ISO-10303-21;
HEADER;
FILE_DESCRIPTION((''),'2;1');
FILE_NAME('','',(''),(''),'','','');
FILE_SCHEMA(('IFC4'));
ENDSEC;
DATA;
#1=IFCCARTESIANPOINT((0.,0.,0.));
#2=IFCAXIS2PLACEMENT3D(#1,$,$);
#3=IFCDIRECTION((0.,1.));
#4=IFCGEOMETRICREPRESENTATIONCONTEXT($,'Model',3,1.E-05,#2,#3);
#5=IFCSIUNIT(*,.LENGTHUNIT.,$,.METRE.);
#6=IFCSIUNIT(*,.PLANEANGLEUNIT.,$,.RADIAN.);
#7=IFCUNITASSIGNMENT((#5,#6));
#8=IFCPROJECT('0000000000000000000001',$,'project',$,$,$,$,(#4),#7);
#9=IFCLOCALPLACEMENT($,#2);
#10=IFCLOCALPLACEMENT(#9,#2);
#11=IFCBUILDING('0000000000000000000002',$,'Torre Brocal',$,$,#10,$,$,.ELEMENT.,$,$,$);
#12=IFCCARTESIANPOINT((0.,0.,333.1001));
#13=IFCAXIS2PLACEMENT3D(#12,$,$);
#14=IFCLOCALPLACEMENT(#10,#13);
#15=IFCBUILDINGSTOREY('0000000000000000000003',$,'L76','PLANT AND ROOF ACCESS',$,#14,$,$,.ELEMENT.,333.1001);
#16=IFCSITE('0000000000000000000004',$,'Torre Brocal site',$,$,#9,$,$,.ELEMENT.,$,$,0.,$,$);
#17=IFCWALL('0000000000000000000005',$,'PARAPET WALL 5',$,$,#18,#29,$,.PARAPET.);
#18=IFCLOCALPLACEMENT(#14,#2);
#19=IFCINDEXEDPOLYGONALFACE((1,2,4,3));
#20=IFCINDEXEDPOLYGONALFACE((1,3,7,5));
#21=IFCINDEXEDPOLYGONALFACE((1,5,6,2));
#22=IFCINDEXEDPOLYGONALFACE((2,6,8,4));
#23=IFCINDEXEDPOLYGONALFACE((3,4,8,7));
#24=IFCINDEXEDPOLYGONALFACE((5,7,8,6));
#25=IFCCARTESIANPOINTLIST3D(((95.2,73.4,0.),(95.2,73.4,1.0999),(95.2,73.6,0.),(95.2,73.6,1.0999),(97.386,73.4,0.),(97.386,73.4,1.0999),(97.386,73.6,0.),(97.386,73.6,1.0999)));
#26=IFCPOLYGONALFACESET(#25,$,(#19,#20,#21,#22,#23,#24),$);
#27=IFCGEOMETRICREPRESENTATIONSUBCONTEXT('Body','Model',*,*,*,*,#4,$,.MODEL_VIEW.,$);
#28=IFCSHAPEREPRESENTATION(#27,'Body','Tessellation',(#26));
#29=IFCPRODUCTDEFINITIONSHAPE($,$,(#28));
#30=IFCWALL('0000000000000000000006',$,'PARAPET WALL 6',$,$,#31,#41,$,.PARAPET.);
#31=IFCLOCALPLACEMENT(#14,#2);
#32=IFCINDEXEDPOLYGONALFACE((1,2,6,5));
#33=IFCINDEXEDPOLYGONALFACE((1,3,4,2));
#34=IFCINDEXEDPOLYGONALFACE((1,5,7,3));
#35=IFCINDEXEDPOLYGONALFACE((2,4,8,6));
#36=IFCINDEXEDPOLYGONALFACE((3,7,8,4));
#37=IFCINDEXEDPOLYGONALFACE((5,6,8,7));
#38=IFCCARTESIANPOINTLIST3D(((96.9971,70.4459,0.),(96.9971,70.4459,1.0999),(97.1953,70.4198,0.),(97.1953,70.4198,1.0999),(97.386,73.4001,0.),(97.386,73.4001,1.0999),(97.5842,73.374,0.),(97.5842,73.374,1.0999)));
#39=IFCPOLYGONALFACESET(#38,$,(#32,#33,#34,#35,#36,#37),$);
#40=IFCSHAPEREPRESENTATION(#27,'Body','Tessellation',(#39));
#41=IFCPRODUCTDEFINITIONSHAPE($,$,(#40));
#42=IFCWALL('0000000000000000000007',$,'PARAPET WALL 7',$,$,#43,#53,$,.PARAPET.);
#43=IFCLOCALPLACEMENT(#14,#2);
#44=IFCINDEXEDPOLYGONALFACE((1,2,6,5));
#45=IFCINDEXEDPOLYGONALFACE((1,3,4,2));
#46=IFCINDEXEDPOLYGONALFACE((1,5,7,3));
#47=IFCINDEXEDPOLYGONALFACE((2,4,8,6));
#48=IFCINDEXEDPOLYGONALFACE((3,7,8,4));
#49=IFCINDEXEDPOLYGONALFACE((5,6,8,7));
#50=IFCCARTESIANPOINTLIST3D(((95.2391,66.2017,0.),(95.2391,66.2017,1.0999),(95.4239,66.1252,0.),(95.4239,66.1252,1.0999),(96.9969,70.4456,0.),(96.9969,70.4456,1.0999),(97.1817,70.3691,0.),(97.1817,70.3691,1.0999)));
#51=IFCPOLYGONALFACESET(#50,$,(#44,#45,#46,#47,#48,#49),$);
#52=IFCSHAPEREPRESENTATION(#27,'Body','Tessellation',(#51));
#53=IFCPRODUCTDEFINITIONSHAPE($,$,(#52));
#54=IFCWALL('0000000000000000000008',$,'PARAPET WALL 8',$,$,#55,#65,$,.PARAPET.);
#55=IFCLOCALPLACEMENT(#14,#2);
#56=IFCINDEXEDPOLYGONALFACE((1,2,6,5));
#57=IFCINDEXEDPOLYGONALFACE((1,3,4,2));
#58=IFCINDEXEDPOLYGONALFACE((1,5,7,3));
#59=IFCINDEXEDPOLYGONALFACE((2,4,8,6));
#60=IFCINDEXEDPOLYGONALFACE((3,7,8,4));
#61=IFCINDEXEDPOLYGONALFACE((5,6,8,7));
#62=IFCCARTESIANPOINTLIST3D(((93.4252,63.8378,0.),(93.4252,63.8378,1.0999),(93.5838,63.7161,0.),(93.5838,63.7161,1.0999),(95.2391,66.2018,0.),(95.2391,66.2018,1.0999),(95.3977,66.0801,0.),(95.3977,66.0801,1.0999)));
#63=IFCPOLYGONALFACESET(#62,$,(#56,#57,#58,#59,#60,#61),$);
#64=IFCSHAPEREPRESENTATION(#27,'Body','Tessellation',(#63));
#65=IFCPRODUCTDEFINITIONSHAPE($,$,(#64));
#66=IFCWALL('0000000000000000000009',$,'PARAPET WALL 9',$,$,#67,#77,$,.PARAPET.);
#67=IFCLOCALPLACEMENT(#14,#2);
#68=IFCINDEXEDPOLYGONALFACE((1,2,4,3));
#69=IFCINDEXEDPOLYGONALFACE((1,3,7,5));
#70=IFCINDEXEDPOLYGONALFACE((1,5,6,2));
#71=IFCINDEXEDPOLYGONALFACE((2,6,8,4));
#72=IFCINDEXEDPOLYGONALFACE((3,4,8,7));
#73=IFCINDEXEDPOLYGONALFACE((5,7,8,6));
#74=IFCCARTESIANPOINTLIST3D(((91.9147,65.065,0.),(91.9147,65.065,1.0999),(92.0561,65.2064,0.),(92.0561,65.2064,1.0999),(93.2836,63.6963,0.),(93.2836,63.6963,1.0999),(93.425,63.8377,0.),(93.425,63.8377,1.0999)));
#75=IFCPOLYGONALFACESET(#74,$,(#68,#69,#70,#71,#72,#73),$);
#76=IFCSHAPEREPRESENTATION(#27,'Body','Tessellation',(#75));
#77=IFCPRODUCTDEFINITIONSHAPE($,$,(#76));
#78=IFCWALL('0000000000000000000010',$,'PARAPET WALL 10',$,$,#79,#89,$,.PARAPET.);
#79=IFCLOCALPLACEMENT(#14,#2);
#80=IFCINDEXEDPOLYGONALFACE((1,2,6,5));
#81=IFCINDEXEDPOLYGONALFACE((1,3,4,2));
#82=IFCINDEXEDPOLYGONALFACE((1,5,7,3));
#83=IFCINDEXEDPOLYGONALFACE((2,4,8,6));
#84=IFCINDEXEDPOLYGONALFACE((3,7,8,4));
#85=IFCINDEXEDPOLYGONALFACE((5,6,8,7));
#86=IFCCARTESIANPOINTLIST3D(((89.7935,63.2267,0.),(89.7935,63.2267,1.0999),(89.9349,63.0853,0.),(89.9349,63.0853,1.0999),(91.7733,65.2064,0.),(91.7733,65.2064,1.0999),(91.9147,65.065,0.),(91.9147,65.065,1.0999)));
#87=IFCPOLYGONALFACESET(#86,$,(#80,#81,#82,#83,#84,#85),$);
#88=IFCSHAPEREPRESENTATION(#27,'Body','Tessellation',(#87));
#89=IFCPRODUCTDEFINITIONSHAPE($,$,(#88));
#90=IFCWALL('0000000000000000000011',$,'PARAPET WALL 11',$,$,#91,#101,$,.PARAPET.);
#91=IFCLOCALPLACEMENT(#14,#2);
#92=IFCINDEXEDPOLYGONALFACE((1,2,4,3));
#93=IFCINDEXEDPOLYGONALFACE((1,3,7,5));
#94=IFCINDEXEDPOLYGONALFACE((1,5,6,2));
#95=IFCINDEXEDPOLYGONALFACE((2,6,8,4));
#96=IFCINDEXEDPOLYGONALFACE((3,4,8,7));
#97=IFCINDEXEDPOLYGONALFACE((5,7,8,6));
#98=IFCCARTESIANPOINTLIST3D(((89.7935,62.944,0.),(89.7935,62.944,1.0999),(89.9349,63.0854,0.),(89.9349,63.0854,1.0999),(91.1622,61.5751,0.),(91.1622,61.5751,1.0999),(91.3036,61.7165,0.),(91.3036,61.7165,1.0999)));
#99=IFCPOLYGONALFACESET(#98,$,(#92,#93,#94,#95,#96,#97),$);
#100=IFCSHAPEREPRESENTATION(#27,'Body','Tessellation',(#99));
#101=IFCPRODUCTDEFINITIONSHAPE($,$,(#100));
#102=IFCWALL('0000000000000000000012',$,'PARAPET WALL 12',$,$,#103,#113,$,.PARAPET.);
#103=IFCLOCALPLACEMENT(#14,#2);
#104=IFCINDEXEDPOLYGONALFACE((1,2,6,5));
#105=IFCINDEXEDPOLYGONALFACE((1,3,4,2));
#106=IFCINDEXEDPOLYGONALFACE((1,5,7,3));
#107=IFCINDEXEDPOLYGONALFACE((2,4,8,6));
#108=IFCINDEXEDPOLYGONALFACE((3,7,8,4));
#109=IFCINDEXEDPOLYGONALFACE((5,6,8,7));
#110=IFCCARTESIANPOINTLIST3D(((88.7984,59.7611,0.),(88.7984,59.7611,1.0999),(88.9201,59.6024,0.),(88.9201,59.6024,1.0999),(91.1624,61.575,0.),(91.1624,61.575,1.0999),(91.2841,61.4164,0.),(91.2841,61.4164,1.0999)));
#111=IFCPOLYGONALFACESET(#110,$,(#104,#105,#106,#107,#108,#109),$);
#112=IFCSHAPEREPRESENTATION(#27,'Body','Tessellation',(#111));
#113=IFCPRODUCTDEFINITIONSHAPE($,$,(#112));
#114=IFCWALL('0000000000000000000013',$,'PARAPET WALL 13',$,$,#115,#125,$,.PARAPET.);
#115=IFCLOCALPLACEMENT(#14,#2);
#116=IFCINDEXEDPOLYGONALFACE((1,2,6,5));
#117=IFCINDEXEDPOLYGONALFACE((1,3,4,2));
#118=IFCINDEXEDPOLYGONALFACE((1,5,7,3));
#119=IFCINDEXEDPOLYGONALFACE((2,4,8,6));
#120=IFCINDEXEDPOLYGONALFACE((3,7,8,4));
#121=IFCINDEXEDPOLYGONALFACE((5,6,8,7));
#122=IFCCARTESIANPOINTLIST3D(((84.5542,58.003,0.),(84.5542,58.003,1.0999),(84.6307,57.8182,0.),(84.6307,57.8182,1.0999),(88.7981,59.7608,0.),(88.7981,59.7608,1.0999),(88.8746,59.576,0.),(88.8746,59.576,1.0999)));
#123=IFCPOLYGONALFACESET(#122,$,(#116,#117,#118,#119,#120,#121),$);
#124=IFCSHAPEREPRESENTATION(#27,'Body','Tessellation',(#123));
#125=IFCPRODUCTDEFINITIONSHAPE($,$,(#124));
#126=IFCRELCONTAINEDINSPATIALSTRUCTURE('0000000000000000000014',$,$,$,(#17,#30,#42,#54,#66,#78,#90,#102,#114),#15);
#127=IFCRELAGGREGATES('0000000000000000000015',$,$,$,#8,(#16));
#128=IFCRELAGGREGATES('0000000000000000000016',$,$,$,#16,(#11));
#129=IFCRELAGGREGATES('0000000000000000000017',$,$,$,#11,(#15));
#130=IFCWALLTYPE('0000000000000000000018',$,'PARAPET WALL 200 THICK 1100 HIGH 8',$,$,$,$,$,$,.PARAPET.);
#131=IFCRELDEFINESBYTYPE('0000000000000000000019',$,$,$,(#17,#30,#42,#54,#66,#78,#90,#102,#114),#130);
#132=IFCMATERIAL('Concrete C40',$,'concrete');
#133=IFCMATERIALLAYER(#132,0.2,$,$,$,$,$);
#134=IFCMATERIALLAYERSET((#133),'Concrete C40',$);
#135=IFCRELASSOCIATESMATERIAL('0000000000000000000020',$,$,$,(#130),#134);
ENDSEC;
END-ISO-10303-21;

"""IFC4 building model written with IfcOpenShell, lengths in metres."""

from ifc_helpers import new_model, si_unit, direction, frame, frame_2d, origin, place, context, subcontext, project, spatial, rectangle, extrude, material, layer, layer_set, type_object, element, save


model = new_model("IFC4")

# Units and contexts
model_context = context("Model", 3, precision=1e-05, world=origin(), true_north=direction((0.0, 1.0)))
body_context = subcontext(model_context, "Body", "Model", "MODEL_VIEW")
ifc_project = project(units=[si_unit("LENGTHUNIT", "METRE"), si_unit("PLANEANGLEUNIT", "RADIAN")], contexts=[model_context])

# Site, building, storey
site_placement = place(None, origin())
site = spatial("IfcSite", under=ifc_project, at=site_placement, Name="Torre Brocal site", CompositionType="ELEMENT", RefElevation=0.0)
building_placement = place(site_placement, origin())
building = spatial("IfcBuilding", under=site, at=building_placement, Name="Torre Brocal", CompositionType="ELEMENT")
storey_placement = place(building_placement, frame((0.0, 0.0, 333.1001)))
storey = spatial("IfcBuildingStorey", under=building, at=storey_placement, Name="L76", Description="PLANT AND ROOF ACCESS", CompositionType="ELEMENT", Elevation=333.1001)

# Walls
ifc_material_1 = material(Name="Concrete C40", Category="concrete")
ifc_layer_1 = layer(ifc_material_1, 0.2)
ifc_layer_set_1 = layer_set([ifc_layer_1], Name="Concrete C40")
wall_type_1 = type_object("IfcWallType", Name="PARAPET WALL 200 THICK 1100 HIGH 8", PredefinedType="PARAPET", material=ifc_layer_set_1)
wall_1_placement = place(storey_placement, frame((95.2, 73.5, 0.0), z_axis=(0.0, 0.0, 1.0), x_axis=(1.0, 0.0, 0.0)))
element("IfcWall", 1, at=wall_1_placement, inside=storey, type_object=wall_type_1, Name="PARAPET WALL 5", PredefinedType="PARAPET", context=body_context, shape_type="SweptSolid", body=[
    extrude(rectangle(XDim=2.186, YDim=0.2, at=frame_2d((1.093, 0.0))), origin(), (0.0, 0.0, 1.0), 1.0999),
])
wall_2_placement = place(storey_placement, frame((97.4851, 73.387, 0.0), z_axis=(0.0, 0.0, 1.0), x_axis=(-0.130516, -0.991446, 0.0)))
element("IfcWall", 2, at=wall_2_placement, inside=storey, type_object=wall_type_1, Name="PARAPET WALL 6", PredefinedType="PARAPET", context=body_context, shape_type="SweptSolid", body=[
    extrude(rectangle(XDim=2.9797, YDim=0.2, at=frame_2d((1.4897, 0.0))), origin(), (0.0, 0.0, 1.0), 1.0999),
])
wall_3_placement = place(storey_placement, frame((97.0894, 70.4075, 0.0), z_axis=(0.0, 0.0, 1.0), x_axis=(-0.382671, -0.923885, 0.0)))
element("IfcWall", 3, at=wall_3_placement, inside=storey, type_object=wall_type_1, Name="PARAPET WALL 7", PredefinedType="PARAPET", context=body_context, shape_type="SweptSolid", body=[
    extrude(rectangle(XDim=4.5935, YDim=0.2, at=frame_2d((2.2969, 0.0))), origin(), (0.0, 0.0, 1.0), 1.0999),
])
wall_4_placement = place(storey_placement, frame((95.3184, 66.1409, 0.0), z_axis=(0.0, 0.0, 1.0), x_axis=(-0.60876, -0.793354, 0.0)))
element("IfcWall", 4, at=wall_4_placement, inside=storey, type_object=wall_type_1, Name="PARAPET WALL 8", PredefinedType="PARAPET", context=body_context, shape_type="SweptSolid", body=[
    extrude(rectangle(XDim=2.9797, YDim=0.2, at=frame_2d((1.4897, 0.0))), origin(), (0.0, 0.0, 1.0), 1.0999),
])
wall_5_placement = place(storey_placement, frame((93.3542, 63.7671, 0.0), z_axis=(0.0, 0.0, 1.0), x_axis=(-0.70717, 0.707044, 0.0)))
element("IfcWall", 5, at=wall_5_placement, inside=storey, type_object=wall_type_1, Name="PARAPET WALL 9", PredefinedType="PARAPET", context=body_context, shape_type="SweptSolid", body=[
    extrude(rectangle(XDim=1.9358, YDim=0.2, at=frame_2d((0.9678, 0.0))), origin(), (0.0, 0.0, 1.0), 1.0999),
])
wall_6_placement = place(storey_placement, frame((91.844, 65.1357, 0.0), z_axis=(0.0, 0.0, 1.0), x_axis=(-0.707107, -0.707107, 0.0)))
element("IfcWall", 6, at=wall_6_placement, inside=storey, type_object=wall_type_1, Name="PARAPET WALL 10", PredefinedType="PARAPET", context=body_context, shape_type="SweptSolid", body=[
    extrude(rectangle(XDim=2.7998, YDim=0.2, at=frame_2d((1.3999, 0.0))), origin(), (0.0, 0.0, 1.0), 1.0999),
])
wall_7_placement = place(storey_placement, frame((89.8643, 63.0146, 0.0), z_axis=(0.0, 0.0, 1.0), x_axis=(0.707044, -0.70717, 0.0)))
element("IfcWall", 7, at=wall_7_placement, inside=storey, type_object=wall_type_1, Name="PARAPET WALL 11", PredefinedType="PARAPET", context=body_context, shape_type="SweptSolid", body=[
    extrude(rectangle(XDim=1.9358, YDim=0.2, at=frame_2d((0.9678, 0.0))), origin(), (0.0, 0.0, 1.0), 1.0999),
])
wall_8_placement = place(storey_placement, frame((91.2231, 61.4956, 0.0), z_axis=(0.0, 0.0, 1.0), x_axis=(-0.793354, -0.60876, 0.0)))
element("IfcWall", 8, at=wall_8_placement, inside=storey, type_object=wall_type_1, Name="PARAPET WALL 12", PredefinedType="PARAPET", context=body_context, shape_type="SweptSolid", body=[
    extrude(rectangle(XDim=2.9797, YDim=0.2, at=frame_2d((1.4897, 0.0))), origin(), (0.0, 0.0, 1.0), 1.0999),
])
wall_9_placement = place(storey_placement, frame((88.8364, 59.6685, 0.0), z_axis=(0.0, 0.0, 1.0), x_axis=(-0.923885, -0.382671, 0.0)))
element("IfcWall", 9, at=wall_9_placement, inside=storey, type_object=wall_type_1, Name="PARAPET WALL 13", PredefinedType="PARAPET", context=body_context, shape_type="SweptSolid", body=[
    extrude(rectangle(XDim=4.5935, YDim=0.2, at=frame_2d((2.2969, 0.0))), origin(), (0.0, 0.0, 1.0), 1.0999),
])

save(model, "model.ifc")
